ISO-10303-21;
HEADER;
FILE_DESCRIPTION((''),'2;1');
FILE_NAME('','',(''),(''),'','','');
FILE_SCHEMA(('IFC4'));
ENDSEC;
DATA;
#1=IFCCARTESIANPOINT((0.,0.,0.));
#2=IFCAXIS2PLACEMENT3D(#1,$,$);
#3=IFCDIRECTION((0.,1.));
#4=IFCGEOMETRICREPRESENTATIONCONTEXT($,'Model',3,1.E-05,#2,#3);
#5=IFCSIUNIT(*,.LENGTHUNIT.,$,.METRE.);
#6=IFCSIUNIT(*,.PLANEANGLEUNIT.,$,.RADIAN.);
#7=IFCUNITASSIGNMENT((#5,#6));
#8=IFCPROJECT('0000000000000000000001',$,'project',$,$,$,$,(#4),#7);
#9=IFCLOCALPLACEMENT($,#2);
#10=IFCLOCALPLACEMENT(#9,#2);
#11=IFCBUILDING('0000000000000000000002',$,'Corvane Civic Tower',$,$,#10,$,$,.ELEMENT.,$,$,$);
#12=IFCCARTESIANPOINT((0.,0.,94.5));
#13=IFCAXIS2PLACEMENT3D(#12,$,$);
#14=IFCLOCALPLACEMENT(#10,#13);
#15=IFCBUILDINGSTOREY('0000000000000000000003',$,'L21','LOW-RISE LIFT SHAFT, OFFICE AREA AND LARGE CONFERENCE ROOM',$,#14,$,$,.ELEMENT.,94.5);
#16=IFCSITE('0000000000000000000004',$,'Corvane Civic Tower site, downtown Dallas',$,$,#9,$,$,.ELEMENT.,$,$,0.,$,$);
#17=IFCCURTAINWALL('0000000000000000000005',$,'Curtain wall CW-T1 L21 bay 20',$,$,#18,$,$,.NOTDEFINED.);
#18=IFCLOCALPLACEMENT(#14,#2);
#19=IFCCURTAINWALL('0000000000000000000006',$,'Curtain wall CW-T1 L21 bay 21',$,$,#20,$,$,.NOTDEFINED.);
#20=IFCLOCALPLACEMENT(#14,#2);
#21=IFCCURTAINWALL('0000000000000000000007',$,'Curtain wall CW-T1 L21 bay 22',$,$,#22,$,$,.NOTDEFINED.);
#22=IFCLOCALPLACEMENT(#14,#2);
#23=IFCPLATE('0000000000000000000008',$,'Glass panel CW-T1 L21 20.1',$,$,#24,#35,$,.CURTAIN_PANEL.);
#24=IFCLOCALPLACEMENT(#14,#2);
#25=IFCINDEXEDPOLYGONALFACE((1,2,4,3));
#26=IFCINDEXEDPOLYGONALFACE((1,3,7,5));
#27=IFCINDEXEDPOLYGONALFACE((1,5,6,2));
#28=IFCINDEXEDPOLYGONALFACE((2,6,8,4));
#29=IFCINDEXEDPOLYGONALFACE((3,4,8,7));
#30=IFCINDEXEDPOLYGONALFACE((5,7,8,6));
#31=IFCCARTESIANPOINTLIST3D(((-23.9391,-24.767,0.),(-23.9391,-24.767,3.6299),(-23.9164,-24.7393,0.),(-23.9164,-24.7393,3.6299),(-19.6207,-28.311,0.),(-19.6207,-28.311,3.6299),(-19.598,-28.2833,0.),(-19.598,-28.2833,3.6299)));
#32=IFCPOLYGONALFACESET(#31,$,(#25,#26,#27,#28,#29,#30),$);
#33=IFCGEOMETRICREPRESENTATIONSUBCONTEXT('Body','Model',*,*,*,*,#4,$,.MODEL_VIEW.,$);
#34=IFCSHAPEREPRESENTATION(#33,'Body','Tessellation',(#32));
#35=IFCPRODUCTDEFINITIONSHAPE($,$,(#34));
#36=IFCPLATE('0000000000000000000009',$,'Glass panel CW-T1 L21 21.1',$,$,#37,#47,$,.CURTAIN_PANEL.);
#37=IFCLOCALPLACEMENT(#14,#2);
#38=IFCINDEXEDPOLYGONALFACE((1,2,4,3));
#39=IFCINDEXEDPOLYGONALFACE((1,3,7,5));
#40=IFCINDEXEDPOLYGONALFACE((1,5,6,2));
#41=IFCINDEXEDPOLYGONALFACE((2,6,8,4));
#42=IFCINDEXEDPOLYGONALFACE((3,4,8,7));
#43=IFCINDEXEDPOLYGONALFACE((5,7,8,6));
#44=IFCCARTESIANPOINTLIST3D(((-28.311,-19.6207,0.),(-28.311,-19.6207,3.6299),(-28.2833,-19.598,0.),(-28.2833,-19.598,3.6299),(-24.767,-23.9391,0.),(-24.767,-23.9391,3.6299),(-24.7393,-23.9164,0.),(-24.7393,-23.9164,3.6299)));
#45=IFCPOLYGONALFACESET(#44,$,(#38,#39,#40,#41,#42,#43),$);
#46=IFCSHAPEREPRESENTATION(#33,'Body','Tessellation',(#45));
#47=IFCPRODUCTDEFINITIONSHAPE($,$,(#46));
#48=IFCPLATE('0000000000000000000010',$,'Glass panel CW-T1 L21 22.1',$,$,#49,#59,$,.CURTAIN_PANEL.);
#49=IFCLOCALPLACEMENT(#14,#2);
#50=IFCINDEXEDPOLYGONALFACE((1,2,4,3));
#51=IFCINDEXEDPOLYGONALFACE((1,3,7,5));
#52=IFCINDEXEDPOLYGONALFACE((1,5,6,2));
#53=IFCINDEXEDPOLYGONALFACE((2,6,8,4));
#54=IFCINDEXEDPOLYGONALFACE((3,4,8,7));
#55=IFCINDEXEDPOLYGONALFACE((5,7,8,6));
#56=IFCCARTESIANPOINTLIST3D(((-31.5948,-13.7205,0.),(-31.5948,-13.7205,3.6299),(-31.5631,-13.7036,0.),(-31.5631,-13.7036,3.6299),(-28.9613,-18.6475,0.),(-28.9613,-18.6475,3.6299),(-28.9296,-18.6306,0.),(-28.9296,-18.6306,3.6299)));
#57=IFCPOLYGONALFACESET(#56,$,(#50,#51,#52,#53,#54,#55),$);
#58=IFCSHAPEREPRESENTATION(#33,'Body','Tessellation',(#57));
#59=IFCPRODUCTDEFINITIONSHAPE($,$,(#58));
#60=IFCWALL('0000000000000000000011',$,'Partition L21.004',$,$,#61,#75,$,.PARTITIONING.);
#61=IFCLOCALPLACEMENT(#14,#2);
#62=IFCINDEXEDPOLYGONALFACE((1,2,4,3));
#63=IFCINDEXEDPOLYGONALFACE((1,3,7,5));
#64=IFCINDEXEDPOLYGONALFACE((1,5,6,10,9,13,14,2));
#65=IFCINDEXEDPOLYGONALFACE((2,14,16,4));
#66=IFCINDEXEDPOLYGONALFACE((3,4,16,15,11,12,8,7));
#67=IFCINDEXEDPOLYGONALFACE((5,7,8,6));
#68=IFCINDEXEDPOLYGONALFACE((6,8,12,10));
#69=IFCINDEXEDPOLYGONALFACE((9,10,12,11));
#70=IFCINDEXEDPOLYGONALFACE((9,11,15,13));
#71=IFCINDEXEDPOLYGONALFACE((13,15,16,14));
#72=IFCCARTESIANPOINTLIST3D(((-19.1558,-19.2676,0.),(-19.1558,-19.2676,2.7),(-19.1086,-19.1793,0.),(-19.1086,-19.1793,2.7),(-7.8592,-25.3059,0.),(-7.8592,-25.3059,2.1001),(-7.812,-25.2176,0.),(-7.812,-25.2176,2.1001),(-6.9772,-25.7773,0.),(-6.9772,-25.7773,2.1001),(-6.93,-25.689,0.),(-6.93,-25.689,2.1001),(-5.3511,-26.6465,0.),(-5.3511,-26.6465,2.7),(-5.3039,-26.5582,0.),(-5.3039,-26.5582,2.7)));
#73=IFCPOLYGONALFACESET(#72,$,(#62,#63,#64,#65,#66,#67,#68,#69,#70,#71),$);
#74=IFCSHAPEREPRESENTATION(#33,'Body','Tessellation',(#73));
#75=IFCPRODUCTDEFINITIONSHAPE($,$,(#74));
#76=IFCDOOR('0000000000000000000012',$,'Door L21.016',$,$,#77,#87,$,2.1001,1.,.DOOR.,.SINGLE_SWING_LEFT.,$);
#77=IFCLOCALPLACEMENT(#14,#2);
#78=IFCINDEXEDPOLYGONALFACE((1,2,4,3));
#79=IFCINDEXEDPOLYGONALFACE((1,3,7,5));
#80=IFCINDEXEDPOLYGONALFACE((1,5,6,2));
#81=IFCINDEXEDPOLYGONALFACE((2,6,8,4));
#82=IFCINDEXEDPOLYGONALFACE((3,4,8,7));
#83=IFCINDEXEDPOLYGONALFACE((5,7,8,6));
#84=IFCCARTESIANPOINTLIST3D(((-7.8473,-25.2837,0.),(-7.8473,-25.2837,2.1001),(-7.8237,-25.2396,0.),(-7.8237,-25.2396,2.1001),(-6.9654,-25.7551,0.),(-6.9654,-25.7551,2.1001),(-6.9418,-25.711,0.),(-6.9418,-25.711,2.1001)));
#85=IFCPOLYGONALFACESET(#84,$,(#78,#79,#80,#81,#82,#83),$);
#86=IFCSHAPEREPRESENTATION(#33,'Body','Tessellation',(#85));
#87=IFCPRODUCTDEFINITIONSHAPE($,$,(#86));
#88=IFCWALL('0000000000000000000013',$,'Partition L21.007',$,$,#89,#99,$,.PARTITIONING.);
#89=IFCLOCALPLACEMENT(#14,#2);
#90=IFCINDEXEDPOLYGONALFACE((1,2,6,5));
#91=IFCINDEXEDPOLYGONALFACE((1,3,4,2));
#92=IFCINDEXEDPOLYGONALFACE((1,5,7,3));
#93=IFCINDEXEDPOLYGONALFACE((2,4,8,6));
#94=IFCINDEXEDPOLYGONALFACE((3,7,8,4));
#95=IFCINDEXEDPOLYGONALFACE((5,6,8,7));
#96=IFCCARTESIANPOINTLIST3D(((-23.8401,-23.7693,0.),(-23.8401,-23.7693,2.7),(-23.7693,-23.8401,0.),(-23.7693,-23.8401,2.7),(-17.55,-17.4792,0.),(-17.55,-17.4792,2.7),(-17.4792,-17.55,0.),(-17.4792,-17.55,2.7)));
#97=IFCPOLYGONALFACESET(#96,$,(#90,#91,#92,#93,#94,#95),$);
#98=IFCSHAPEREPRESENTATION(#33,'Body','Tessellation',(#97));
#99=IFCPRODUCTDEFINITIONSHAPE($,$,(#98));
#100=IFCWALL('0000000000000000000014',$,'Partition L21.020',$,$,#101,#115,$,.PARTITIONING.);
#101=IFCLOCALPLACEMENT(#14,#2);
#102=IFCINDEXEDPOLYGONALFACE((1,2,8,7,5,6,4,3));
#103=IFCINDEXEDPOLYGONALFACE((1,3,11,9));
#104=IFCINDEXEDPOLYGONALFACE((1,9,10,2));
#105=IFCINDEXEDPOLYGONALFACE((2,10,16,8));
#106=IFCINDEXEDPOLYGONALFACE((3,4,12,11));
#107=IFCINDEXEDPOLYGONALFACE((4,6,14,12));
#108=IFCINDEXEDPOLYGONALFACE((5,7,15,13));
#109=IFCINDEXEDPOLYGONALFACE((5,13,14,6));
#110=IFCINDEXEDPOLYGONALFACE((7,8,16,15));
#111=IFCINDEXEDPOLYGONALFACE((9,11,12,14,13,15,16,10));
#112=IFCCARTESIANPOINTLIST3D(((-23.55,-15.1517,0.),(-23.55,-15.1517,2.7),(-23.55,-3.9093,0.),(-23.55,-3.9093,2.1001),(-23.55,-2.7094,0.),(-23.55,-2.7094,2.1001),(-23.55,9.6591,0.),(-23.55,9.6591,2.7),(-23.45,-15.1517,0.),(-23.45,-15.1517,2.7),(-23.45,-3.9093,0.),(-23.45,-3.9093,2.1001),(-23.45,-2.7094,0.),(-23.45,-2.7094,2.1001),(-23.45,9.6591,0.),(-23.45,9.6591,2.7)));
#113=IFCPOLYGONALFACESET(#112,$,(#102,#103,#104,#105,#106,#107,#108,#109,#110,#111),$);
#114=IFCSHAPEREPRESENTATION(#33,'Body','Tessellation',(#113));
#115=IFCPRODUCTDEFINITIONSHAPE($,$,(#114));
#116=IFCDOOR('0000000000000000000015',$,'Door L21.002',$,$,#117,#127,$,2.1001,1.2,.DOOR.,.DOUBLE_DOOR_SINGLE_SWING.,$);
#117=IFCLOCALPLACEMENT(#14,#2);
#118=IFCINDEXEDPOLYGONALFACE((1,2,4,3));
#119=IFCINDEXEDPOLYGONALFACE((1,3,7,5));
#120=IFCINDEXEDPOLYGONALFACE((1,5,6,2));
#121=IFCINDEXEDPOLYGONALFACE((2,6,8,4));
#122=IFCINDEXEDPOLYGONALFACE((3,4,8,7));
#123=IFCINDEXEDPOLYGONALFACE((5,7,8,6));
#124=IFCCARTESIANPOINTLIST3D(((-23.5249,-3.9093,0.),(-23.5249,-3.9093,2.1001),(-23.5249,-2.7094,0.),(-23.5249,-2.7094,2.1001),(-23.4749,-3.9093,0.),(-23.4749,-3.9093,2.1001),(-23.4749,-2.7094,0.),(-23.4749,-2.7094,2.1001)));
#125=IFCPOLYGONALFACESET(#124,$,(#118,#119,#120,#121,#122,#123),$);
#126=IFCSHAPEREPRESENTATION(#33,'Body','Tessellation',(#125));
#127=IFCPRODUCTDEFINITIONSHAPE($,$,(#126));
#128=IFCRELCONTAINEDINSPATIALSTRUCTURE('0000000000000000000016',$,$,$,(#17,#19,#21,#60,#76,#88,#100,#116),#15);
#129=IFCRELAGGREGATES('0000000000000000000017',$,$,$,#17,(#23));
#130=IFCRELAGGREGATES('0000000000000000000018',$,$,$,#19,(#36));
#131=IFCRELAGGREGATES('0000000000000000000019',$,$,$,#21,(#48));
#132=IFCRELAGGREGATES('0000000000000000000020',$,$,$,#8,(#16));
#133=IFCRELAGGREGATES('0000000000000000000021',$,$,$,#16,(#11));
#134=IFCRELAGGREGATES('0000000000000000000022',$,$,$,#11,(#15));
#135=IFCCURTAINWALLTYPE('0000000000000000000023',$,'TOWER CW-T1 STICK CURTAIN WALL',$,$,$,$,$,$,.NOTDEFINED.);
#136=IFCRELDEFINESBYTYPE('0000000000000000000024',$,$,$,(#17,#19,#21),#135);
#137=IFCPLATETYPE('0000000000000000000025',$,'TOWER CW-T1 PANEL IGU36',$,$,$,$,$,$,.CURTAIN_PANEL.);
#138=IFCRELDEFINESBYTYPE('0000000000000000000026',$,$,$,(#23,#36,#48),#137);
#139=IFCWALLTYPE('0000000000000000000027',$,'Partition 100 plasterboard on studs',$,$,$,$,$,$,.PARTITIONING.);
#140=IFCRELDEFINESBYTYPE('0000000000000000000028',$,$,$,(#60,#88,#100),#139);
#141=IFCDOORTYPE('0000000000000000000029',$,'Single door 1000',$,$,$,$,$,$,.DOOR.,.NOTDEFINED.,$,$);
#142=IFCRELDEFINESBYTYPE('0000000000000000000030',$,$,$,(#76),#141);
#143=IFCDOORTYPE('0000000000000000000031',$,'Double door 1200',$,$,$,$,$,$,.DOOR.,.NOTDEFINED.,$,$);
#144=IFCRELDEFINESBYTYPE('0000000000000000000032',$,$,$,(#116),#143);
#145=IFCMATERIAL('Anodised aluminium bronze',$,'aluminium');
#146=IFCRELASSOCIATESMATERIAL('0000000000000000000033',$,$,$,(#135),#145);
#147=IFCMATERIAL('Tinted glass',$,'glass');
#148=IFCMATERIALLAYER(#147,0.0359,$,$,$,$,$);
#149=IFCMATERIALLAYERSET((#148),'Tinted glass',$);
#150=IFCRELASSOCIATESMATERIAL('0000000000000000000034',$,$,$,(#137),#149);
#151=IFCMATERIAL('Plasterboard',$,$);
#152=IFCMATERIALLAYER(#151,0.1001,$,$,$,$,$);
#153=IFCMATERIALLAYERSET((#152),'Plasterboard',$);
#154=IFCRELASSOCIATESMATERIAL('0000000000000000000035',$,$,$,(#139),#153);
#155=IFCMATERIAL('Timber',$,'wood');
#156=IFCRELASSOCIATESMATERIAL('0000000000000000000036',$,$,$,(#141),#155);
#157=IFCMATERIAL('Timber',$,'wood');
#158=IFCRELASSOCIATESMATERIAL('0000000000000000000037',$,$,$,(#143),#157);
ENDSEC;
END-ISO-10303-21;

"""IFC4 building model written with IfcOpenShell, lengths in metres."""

from ifc_helpers import new_model, si_unit, direction, frame, frame_2d, origin, origin_2d, place, context, subcontext, project, spatial, rectangle, extrude, material, layer, layer_set, type_object, element, fill, aggregate, save


model = new_model("IFC4")

# Units and contexts
model_context = context("Model", 3, precision=1e-05, world=origin(), true_north=direction((0.0, 1.0)))
body_context = subcontext(model_context, "Body", "Model", "MODEL_VIEW")
ifc_project = project(units=[si_unit("LENGTHUNIT", "METRE"), si_unit("PLANEANGLEUNIT", "RADIAN")], contexts=[model_context])

# Site, building, storey
site_placement = place(None, origin())
site = spatial("IfcSite", under=ifc_project, at=site_placement, Name="Corvane Civic Tower site, downtown Dallas", CompositionType="ELEMENT", RefElevation=0.0)
building_placement = place(site_placement, origin())
building = spatial("IfcBuilding", under=site, at=building_placement, Name="Corvane Civic Tower", CompositionType="ELEMENT")
storey_placement = place(building_placement, frame((0.0, 0.0, 94.5)))
storey = spatial("IfcBuildingStorey", under=building, at=storey_placement, Name="L21", Description="LOW-RISE LIFT SHAFT, OFFICE AREA AND LARGE CONFERENCE ROOM", CompositionType="ELEMENT", Elevation=94.5)

# Curtain walls
ifc_material_1 = material(Name="Anodised aluminium bronze", Category="aluminium")
curtain_wall_type = type_object("IfcCurtainWallType", Name="TOWER CW-T1 STICK CURTAIN WALL", PredefinedType="NOTDEFINED", material=ifc_material_1)
curtain_wall_1_placement = place(storey_placement, origin())
curtain_wall_1 = element("IfcCurtainWall", 1, at=curtain_wall_1_placement, inside=storey, type_object=curtain_wall_type, Name="Curtain wall CW-T1 L21 bay 20", PredefinedType="NOTDEFINED")
curtain_wall_2_placement = place(storey_placement, origin())
curtain_wall_2 = element("IfcCurtainWall", 2, at=curtain_wall_2_placement, inside=storey, type_object=curtain_wall_type, Name="Curtain wall CW-T1 L21 bay 21", PredefinedType="NOTDEFINED")
curtain_wall_3_placement = place(storey_placement, origin())
curtain_wall_3 = element("IfcCurtainWall", 3, at=curtain_wall_3_placement, inside=storey, type_object=curtain_wall_type, Name="Curtain wall CW-T1 L21 bay 22", PredefinedType="NOTDEFINED")

# Plates
ifc_material_2 = material(Name="Tinted glass", Category="glass")
ifc_layer_1 = layer(ifc_material_2, 0.0359)
ifc_layer_set_1 = layer_set([ifc_layer_1], Name="Tinted glass")
plate_type = type_object("IfcPlateType", Name="TOWER CW-T1 PANEL IGU36", PredefinedType="CURTAIN_PANEL", material=ifc_layer_set_1)
plate_1_placement = place(storey_placement, frame((-21.7686, -26.5251, 0.0), z_axis=(0.0, 0.0, 1.0), x_axis=(-0.773013, 0.63439, 0.0)))
plate_1 = element("IfcPlate", 4, at=plate_1_placement, type_object=plate_type, Name="Glass panel CW-T1 L21 20.1", PredefinedType="CURTAIN_PANEL", context=body_context, shape_type="SweptSolid", body=[
    extrude(rectangle(XDim=5.5864, YDim=0.0359, at=origin_2d()), origin(), (0.0, 0.0, 1.0), 3.6299),
])
aggregate(curtain_wall_1, [plate_1])
plate_2_placement = place(storey_placement, frame((-26.5251, -21.7686, 0.0), z_axis=(0.0, 0.0, 1.0), x_axis=(-0.63439, 0.773013, 0.0)))
plate_2 = element("IfcPlate", 5, at=plate_2_placement, type_object=plate_type, Name="Glass panel CW-T1 L21 21.1", PredefinedType="CURTAIN_PANEL", context=body_context, shape_type="SweptSolid", body=[
    extrude(rectangle(XDim=5.5864, YDim=0.0359, at=origin_2d()), origin(), (0.0, 0.0, 1.0), 3.6299),
])
aggregate(curtain_wall_2, [plate_2])
plate_3_placement = place(storey_placement, frame((-30.2622, -16.1755, 0.0), z_axis=(0.0, 0.0, 1.0), x_axis=(-0.471392, 0.881924, 0.0)))
plate_3 = element("IfcPlate", 6, at=plate_3_placement, type_object=plate_type, Name="Glass panel CW-T1 L21 22.1", PredefinedType="CURTAIN_PANEL", context=body_context, shape_type="SweptSolid", body=[
    extrude(rectangle(XDim=5.5867, YDim=0.0359, at=origin_2d()), origin(), (0.0, 0.0, 1.0), 3.6299),
])
aggregate(curtain_wall_3, [plate_3])

# Wall, opening, door
ifc_material_3 = material(Name="Plasterboard")
ifc_layer_2 = layer(ifc_material_3, 0.1001)
ifc_layer_set_2 = layer_set([ifc_layer_2], Name="Plasterboard")
wall_type_1 = type_object("IfcWallType", Name="Partition 100 plasterboard on studs", PredefinedType="PARTITIONING", material=ifc_layer_set_2)
wall_1_placement = place(storey_placement, frame((-19.1323, -19.2234, 0.0), z_axis=(0.0, 0.0, 1.0), x_axis=(0.881917, -0.471404, 0.0)))
wall_1 = element("IfcWall", 7, at=wall_1_placement, inside=storey, type_object=wall_type_1, Name="Partition L21.004", PredefinedType="PARTITIONING", context=body_context, shape_type="SweptSolid", body=[
    extrude(rectangle(XDim=15.6531, YDim=0.1001, at=frame_2d((7.8267, 0.0))), origin(), (0.0, 0.0, 1.0), 2.7),
])
opening_1_placement = place(wall_1_placement, frame((12.8093, 0.0, 0.0)))
opening_1 = element("IfcOpeningElement", 8, at=opening_1_placement, cuts=wall_1, PredefinedType="OPENING", context=body_context, shape_type="SweptSolid", body=[
    extrude(rectangle(XDim=1.0, YDim=2.1001, at=frame_2d((0.5, 1.05))), frame((0.0, 0.0601, 0.0), z_axis=(0.0, -1.0, 0.0), x_axis=(1.0, 0.0, 0.0)), (0.0, 0.0, 1.0), 0.1201),
])
ifc_material_4 = material(Name="Timber", Category="wood")
door_type_1 = type_object("IfcDoorType", Name="Single door 1000", OperationType="NOTDEFINED", PredefinedType="DOOR", material=ifc_material_4)
door_1_placement = place(opening_1_placement, frame((1.0, 0.0, 0.0), z_axis=(0.0, 0.0, 1.0), x_axis=(-1.0, 0.0, 0.0)))
door_1 = element("IfcDoor", 9, at=door_1_placement, inside=storey, type_object=door_type_1, Name="Door L21.016", OperationType="SINGLE_SWING_LEFT", OverallHeight=2.1001, OverallWidth=1.0, PredefinedType="DOOR", context=body_context, shape_type="SweptSolid", body=[
    extrude(rectangle(XDim=1.0, YDim=2.1001, at=frame_2d((0.5, 1.05))), frame((0.0, 0.0249, 0.0), z_axis=(0.0, -1.0, 0.0), x_axis=(1.0, 0.0, 0.0)), (0.0, 0.0, 1.0), 0.05),
])
fill(opening_1, door_1)

# Wall
wall_2_placement = place(storey_placement, frame((-23.8047, -23.8047, 0.0), z_axis=(0.0, 0.0, 1.0), x_axis=(0.707107, 0.707107, 0.0)))
element("IfcWall", 10, at=wall_2_placement, inside=storey, type_object=wall_type_1, Name="Partition L21.007", PredefinedType="PARTITIONING", context=body_context, shape_type="SweptSolid", body=[
    extrude(rectangle(XDim=8.8955, YDim=0.1001, at=frame_2d((4.4478, 0.0))), origin(), (0.0, 0.0, 1.0), 2.7),
])

# Wall, opening, door
wall_3_placement = place(storey_placement, frame((-23.5, -15.1516, 0.0), z_axis=(0.0, 0.0, 1.0), x_axis=(0.0, 1.0, 0.0)))
wall_3 = element("IfcWall", 11, at=wall_3_placement, inside=storey, type_object=wall_type_1, Name="Partition L21.020", PredefinedType="PARTITIONING", context=body_context, shape_type="SweptSolid", body=[
    extrude(rectangle(XDim=24.8108, YDim=0.1001, at=frame_2d((12.4053, 0.0))), origin(), (0.0, 0.0, 1.0), 2.7),
])
opening_2_placement = place(wall_3_placement, frame((11.2422, 0.0, 0.0)))
opening_2 = element("IfcOpeningElement", 12, at=opening_2_placement, cuts=wall_3, PredefinedType="OPENING", context=body_context, shape_type="SweptSolid", body=[
    extrude(rectangle(XDim=1.2, YDim=2.1001, at=frame_2d((0.6001, 1.05))), frame((0.0, 0.0601, 0.0), z_axis=(0.0, -1.0, 0.0), x_axis=(1.0, 0.0, 0.0)), (0.0, 0.0, 1.0), 0.1201),
])
ifc_material_5 = material(Name="Timber", Category="wood")
door_type_2 = type_object("IfcDoorType", Name="Double door 1200", OperationType="NOTDEFINED", PredefinedType="DOOR", material=ifc_material_5)
door_2_placement = place(opening_2_placement, origin())
door_2 = element("IfcDoor", 13, at=door_2_placement, inside=storey, type_object=door_type_2, Name="Door L21.002", OperationType="DOUBLE_DOOR_SINGLE_SWING", OverallHeight=2.1001, OverallWidth=1.2, PredefinedType="DOOR", context=body_context, shape_type="SweptSolid", body=[
    extrude(rectangle(XDim=1.2, YDim=2.1001, at=frame_2d((0.6001, 1.05))), frame((0.0, 0.0249, 0.0), z_axis=(0.0, -1.0, 0.0), x_axis=(1.0, 0.0, 0.0)), (0.0, 0.0, 1.0), 0.05),
])
fill(opening_2, door_2)

save(model, "model.ifc")
